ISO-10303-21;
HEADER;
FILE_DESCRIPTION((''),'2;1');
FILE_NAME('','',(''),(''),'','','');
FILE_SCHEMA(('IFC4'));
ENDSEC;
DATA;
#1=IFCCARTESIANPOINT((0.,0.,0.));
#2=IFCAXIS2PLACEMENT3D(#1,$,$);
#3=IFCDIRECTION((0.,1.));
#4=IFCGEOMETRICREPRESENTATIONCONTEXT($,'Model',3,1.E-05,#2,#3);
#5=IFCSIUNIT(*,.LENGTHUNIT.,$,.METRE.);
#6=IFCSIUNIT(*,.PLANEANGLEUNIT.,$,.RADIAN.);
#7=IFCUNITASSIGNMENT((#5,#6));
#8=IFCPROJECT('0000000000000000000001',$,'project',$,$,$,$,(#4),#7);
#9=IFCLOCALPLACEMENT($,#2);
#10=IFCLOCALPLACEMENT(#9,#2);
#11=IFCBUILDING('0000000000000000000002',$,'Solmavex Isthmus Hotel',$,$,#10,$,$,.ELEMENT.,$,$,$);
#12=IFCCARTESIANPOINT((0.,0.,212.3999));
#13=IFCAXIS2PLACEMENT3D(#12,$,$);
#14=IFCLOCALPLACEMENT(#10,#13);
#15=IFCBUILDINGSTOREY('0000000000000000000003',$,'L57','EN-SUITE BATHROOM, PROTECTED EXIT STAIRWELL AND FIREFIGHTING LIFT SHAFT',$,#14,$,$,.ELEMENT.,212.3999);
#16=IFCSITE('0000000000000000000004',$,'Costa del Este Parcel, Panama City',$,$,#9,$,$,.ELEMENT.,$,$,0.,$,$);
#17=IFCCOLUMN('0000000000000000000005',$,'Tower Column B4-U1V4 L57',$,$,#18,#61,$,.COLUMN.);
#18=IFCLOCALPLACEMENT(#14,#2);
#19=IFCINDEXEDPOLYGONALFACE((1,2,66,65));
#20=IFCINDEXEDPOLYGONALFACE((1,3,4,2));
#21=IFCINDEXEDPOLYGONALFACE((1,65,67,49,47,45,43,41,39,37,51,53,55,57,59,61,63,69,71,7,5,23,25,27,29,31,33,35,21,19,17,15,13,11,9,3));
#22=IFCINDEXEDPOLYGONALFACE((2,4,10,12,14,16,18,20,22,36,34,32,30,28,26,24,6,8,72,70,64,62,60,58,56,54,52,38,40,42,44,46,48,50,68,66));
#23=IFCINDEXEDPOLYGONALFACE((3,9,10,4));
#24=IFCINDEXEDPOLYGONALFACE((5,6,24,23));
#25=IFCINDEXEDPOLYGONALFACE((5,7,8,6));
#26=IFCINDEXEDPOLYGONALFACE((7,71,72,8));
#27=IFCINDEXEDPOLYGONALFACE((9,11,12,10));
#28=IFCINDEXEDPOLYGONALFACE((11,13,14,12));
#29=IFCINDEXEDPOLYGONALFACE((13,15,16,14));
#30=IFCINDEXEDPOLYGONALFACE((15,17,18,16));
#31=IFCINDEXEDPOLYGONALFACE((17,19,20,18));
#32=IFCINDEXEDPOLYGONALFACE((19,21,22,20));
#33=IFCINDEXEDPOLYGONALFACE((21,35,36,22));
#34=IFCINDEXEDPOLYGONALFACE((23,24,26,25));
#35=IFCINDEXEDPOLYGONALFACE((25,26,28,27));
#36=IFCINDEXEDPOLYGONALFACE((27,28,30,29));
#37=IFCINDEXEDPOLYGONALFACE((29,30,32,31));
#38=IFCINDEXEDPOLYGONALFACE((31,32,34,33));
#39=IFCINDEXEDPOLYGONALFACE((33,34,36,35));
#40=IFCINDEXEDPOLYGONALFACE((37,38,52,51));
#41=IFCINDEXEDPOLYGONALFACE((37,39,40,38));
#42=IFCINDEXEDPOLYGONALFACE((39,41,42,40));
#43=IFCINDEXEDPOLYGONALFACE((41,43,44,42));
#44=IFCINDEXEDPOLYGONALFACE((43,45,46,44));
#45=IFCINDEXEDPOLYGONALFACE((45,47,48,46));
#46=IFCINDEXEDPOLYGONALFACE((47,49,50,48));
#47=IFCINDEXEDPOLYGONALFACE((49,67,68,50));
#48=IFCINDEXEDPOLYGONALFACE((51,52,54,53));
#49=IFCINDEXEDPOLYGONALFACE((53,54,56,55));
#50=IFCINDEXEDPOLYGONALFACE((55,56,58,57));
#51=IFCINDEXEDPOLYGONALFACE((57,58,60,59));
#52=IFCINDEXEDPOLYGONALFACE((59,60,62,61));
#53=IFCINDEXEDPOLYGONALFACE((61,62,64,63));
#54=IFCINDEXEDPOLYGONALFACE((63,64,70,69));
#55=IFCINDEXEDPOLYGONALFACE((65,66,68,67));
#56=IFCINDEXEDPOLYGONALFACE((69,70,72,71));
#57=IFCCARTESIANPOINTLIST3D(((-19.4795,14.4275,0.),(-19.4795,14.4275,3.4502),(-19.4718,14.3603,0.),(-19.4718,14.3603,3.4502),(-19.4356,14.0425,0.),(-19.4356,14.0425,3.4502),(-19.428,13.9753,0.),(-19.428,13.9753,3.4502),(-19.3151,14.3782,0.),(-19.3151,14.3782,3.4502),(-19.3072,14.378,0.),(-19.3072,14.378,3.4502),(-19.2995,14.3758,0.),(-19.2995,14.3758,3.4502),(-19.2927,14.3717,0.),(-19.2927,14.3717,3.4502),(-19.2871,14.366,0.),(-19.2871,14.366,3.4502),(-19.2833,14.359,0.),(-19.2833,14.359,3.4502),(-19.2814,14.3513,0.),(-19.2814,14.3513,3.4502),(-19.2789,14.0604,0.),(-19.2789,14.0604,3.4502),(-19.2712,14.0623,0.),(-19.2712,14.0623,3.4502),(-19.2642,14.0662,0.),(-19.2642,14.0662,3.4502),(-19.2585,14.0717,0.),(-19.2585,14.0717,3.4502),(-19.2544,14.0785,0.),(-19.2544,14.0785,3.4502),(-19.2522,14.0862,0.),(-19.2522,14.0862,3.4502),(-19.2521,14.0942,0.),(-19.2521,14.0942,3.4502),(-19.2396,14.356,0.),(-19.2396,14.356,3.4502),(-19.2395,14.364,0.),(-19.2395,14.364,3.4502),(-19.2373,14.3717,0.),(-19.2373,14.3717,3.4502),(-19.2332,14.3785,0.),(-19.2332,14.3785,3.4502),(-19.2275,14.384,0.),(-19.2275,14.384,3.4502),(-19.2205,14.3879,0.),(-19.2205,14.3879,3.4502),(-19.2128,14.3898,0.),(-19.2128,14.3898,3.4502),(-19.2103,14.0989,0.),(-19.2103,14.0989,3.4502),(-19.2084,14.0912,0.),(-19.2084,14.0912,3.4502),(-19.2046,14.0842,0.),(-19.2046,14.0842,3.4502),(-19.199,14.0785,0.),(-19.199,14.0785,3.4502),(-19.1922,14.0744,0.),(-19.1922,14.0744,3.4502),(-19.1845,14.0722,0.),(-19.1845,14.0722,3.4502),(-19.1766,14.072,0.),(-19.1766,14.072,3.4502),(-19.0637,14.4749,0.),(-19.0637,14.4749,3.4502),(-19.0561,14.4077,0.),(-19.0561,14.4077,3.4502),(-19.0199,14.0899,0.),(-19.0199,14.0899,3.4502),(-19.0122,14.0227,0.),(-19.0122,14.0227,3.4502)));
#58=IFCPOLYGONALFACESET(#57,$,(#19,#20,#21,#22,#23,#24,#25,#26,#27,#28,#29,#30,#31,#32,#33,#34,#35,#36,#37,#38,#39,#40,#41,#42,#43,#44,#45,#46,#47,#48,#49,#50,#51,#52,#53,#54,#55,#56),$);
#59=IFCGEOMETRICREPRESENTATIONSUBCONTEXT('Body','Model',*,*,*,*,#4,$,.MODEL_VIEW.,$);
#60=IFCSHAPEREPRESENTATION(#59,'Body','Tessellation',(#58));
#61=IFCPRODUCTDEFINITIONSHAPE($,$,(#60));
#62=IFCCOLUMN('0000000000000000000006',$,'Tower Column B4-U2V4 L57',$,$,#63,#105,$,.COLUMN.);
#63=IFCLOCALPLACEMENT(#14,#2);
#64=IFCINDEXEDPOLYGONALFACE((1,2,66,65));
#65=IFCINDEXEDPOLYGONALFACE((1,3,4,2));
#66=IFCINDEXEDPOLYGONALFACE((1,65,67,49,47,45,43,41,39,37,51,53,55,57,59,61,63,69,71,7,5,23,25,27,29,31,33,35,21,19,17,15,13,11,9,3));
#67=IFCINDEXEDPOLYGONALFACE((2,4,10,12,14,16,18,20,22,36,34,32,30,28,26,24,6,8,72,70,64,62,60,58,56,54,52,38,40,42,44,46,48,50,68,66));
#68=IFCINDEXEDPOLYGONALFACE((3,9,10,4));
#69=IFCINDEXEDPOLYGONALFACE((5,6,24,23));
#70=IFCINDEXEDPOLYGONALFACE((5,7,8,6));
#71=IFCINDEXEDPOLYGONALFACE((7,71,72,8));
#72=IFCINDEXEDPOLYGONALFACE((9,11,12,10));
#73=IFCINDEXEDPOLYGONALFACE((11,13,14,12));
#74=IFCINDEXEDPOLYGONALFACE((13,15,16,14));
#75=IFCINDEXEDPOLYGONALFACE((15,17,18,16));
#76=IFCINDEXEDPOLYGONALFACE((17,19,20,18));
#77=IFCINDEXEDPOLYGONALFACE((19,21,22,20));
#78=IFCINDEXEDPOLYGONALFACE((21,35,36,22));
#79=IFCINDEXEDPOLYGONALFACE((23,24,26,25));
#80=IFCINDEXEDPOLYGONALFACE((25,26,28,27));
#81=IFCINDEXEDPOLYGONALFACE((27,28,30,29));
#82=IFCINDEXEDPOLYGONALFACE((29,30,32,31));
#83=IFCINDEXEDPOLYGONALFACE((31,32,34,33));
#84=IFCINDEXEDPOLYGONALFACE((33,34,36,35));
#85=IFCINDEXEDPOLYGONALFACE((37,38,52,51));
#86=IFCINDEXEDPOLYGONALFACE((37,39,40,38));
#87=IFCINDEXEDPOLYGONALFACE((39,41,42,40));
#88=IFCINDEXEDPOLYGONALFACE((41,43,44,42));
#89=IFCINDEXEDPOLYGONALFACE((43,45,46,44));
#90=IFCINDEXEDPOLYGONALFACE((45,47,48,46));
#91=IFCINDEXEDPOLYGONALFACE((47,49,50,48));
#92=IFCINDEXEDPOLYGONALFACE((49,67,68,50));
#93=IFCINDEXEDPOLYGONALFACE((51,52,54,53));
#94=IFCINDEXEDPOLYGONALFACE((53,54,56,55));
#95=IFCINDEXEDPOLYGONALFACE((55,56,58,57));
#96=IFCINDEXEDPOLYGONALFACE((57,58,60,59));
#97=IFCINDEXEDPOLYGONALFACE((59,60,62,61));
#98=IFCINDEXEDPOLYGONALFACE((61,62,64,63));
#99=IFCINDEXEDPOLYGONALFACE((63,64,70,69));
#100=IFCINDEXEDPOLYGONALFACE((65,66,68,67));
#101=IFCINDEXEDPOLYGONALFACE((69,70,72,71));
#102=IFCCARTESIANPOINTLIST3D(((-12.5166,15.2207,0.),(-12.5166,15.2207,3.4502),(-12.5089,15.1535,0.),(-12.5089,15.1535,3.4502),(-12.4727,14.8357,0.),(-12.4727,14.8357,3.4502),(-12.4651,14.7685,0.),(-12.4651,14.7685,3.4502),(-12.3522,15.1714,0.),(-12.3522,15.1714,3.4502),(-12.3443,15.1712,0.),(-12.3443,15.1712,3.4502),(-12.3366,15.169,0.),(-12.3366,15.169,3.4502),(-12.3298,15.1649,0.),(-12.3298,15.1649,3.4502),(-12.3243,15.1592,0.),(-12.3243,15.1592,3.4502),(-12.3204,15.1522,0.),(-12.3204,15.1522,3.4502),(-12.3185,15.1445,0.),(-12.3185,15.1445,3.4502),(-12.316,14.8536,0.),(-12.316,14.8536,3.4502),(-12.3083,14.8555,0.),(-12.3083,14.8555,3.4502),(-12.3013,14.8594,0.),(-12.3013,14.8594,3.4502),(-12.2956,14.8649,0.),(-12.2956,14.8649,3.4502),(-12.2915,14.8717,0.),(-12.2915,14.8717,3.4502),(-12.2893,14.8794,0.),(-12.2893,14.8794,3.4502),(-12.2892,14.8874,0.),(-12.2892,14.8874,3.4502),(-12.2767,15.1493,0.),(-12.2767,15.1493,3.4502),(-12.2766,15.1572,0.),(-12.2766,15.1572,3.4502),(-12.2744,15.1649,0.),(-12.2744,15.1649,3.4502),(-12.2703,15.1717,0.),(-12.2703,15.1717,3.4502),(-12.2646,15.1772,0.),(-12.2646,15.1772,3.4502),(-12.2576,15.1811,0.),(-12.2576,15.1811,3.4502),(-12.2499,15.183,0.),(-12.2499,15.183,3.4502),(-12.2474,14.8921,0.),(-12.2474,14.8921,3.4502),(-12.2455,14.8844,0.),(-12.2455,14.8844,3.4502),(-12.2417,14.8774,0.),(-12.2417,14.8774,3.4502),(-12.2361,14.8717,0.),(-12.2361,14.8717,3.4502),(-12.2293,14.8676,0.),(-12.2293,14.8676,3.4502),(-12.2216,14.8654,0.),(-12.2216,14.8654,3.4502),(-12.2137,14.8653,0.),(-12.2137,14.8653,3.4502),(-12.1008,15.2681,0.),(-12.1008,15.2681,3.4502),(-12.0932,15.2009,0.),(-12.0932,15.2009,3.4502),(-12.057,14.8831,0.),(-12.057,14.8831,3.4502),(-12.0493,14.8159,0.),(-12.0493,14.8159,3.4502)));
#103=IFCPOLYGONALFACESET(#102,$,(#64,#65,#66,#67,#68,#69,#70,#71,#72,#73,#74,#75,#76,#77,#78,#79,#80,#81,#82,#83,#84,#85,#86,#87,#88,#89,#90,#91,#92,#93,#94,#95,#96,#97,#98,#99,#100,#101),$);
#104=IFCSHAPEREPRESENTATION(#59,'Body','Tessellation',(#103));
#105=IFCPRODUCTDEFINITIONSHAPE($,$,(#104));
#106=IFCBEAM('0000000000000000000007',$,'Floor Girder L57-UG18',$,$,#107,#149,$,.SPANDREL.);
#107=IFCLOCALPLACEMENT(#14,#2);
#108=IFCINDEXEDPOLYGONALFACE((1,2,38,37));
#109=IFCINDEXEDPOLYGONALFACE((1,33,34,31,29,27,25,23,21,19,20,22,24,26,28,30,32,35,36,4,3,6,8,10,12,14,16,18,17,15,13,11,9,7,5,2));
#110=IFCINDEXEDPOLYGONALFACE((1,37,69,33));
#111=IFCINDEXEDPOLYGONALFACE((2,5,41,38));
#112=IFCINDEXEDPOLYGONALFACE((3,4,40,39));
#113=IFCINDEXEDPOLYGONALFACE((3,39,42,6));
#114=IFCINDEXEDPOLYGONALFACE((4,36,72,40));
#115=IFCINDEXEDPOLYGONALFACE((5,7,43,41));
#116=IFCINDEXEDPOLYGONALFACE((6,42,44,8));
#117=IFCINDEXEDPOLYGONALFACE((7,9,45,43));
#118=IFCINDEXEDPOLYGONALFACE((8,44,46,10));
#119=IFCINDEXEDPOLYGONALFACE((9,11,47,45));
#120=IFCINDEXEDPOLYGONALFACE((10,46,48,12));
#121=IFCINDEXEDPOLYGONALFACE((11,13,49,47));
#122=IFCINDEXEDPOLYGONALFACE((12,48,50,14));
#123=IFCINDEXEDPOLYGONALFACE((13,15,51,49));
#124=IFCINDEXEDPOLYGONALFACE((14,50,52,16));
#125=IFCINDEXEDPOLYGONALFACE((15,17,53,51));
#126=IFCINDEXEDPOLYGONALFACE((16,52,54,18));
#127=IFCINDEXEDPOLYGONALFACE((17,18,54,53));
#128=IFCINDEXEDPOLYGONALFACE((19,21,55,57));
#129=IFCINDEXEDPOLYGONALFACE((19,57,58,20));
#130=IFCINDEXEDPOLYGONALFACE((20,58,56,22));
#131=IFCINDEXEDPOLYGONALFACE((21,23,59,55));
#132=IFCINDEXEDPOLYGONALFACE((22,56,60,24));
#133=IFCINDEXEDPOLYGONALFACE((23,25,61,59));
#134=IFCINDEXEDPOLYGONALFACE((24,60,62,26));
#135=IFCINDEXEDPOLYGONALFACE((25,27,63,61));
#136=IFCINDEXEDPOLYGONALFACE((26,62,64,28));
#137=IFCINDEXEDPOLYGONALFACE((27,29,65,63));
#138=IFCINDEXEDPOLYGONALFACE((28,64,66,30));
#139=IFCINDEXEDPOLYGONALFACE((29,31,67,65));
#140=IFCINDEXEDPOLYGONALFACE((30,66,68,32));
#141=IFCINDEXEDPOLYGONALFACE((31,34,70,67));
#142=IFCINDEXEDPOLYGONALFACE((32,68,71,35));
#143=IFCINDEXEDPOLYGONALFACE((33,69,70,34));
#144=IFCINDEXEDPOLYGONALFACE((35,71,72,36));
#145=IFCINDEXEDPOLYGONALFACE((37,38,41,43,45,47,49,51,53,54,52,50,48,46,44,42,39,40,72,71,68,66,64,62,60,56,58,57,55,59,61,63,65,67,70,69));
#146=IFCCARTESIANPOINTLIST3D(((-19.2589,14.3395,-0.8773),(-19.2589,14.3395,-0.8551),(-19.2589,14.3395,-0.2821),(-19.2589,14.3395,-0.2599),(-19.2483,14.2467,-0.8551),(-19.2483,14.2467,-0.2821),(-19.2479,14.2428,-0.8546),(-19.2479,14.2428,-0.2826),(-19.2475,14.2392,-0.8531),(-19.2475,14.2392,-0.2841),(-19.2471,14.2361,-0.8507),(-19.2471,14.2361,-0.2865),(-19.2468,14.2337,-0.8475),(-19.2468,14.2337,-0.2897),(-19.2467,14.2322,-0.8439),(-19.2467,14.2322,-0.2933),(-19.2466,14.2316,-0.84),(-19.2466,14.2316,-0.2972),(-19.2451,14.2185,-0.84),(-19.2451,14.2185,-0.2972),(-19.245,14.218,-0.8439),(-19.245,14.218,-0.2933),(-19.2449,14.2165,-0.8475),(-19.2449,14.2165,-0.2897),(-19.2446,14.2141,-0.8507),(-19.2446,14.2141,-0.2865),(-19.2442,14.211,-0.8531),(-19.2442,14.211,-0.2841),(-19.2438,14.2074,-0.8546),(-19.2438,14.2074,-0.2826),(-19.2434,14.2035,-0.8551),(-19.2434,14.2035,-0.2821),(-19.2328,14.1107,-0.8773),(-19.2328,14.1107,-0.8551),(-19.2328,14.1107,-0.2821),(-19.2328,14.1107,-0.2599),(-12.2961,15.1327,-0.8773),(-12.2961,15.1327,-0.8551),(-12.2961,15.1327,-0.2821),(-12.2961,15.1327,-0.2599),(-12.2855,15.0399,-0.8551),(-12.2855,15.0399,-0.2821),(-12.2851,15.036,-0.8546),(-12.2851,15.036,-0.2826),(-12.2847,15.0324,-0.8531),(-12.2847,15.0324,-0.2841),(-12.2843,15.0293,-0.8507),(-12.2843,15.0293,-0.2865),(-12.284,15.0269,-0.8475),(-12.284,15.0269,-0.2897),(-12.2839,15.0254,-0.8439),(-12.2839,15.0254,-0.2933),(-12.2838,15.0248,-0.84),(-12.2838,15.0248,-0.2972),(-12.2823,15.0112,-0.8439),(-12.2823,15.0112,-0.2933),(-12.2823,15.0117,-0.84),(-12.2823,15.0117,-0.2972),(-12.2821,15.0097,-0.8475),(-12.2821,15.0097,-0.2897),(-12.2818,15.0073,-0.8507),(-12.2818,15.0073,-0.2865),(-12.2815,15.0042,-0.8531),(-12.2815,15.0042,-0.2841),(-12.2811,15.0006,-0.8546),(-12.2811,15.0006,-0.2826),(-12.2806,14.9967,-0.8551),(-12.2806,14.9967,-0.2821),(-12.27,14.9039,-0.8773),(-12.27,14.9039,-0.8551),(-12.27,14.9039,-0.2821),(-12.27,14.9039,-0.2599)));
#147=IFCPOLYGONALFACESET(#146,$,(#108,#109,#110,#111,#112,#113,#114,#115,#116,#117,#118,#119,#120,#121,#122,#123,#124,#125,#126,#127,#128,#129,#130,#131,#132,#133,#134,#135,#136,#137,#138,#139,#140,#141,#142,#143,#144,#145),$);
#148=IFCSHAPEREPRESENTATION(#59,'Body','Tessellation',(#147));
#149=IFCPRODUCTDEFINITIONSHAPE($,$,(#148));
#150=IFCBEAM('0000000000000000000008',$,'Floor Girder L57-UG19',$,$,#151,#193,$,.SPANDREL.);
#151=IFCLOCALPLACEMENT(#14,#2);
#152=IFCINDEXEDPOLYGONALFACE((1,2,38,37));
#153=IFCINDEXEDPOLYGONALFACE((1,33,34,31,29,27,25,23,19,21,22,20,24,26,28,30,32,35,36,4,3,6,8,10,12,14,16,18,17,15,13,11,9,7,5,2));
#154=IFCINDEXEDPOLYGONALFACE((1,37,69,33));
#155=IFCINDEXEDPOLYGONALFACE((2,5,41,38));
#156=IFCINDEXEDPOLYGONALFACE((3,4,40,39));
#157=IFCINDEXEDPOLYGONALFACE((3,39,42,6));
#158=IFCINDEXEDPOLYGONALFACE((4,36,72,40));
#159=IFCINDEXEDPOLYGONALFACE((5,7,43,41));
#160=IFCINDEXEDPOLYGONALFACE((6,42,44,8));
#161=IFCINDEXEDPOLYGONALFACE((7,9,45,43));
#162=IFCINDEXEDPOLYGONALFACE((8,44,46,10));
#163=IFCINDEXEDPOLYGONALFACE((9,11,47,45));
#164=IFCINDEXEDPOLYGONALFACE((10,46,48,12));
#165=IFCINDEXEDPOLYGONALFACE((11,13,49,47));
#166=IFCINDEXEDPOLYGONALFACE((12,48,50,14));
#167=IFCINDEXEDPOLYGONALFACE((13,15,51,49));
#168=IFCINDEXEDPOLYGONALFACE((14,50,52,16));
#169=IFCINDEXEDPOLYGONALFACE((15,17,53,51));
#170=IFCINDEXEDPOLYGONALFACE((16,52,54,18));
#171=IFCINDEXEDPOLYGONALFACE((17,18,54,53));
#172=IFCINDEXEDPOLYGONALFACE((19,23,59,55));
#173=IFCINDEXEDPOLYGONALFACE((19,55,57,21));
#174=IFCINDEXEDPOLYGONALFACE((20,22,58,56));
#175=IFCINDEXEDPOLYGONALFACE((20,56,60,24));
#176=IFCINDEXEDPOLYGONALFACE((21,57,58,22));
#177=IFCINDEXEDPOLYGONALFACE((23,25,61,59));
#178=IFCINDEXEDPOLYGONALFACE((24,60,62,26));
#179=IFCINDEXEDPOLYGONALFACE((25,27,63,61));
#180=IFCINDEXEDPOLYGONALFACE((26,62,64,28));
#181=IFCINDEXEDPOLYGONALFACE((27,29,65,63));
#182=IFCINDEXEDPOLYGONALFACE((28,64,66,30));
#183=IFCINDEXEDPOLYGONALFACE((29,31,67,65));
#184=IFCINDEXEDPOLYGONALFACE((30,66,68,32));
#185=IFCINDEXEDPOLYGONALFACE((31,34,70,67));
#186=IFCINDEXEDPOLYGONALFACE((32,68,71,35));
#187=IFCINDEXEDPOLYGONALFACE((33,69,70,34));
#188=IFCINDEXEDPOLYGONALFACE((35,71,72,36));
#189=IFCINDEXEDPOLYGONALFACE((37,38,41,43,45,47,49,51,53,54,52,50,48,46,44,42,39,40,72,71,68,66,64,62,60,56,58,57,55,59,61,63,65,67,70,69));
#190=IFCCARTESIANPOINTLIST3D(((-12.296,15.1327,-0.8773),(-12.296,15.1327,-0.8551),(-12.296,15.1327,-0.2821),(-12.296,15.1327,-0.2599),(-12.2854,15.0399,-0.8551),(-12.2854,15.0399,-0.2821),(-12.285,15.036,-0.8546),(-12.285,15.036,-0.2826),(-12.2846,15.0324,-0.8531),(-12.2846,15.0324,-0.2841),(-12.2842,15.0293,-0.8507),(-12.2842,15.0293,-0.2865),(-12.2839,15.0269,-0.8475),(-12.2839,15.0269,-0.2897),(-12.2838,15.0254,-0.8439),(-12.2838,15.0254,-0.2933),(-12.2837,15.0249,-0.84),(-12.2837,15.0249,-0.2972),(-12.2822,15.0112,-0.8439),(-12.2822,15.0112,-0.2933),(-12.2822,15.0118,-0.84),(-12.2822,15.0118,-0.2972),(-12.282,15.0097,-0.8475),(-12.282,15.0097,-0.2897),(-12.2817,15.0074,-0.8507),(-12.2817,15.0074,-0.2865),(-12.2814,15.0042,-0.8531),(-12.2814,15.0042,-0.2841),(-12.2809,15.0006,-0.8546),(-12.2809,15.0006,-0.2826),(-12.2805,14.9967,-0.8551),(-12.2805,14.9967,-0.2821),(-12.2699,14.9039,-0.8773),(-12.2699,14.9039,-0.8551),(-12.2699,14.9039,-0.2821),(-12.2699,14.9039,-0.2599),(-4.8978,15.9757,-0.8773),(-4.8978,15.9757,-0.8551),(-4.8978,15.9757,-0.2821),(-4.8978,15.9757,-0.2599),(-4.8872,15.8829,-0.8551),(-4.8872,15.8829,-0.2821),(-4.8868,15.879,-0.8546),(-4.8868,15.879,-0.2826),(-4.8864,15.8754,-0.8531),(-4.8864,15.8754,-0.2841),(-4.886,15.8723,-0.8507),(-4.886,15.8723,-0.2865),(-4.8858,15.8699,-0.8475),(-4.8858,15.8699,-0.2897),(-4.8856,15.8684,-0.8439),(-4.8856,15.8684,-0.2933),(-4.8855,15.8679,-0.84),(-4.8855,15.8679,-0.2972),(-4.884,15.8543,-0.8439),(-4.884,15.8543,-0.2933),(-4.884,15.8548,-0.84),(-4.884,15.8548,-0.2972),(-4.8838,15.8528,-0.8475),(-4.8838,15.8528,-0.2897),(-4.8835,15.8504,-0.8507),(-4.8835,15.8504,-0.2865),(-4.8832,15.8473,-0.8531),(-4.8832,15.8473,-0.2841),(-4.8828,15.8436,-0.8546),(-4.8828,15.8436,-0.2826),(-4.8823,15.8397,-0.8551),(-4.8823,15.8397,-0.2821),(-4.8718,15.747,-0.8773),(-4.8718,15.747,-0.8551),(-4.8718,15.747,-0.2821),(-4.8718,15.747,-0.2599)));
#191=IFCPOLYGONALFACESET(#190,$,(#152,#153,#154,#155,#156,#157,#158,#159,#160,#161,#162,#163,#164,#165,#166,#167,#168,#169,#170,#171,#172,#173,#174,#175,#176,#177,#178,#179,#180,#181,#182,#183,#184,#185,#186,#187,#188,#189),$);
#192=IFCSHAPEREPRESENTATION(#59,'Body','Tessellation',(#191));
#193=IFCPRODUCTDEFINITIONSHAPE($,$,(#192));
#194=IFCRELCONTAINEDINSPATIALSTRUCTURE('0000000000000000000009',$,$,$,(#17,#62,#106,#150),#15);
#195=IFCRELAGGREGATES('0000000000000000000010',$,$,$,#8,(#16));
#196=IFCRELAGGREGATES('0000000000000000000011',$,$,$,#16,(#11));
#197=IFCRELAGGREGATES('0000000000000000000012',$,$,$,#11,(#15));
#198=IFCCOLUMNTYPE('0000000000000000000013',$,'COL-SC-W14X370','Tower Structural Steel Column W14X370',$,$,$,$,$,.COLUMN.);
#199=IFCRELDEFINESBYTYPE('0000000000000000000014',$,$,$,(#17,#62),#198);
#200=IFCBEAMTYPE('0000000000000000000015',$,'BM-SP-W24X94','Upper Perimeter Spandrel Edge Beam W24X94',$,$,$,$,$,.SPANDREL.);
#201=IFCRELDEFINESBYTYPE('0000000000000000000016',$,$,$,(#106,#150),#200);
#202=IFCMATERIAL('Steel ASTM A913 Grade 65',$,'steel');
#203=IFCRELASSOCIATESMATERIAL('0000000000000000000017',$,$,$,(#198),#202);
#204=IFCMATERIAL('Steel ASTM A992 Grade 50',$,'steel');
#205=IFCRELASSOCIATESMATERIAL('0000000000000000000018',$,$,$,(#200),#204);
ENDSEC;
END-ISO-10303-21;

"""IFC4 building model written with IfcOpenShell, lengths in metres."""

from ifc_helpers import new_model, si_unit, direction, frame, origin, origin_2d, place, context, subcontext, project, spatial, i_section, extrude, material, material_profile, profile_set, type_object, element, save


model = new_model("IFC4")

# Units and contexts
model_context = context("Model", 3, precision=1e-05, world=origin(), true_north=direction((0.0, 1.0)))
body_context = subcontext(model_context, "Body", "Model", "MODEL_VIEW")
ifc_project = project(units=[si_unit("LENGTHUNIT", "METRE"), si_unit("PLANEANGLEUNIT", "RADIAN")], contexts=[model_context])

# Site, building, storey
site_placement = place(None, origin())
site = spatial("IfcSite", under=ifc_project, at=site_placement, Name="Costa del Este Parcel, Panama City", CompositionType="ELEMENT", RefElevation=0.0)
building_placement = place(site_placement, origin())
building = spatial("IfcBuilding", under=site, at=building_placement, Name="Solmavex Isthmus Hotel", CompositionType="ELEMENT")
storey_placement = place(building_placement, frame((0.0, 0.0, 212.3999)))
storey = spatial("IfcBuildingStorey", under=building, at=storey_placement, Name="L57", Description="EN-SUITE BATHROOM, PROTECTED EXIT STAIRWELL AND FIREFIGHTING LIFT SHAFT", CompositionType="ELEMENT", Elevation=212.3999)

# Columns
ifc_material_1 = material(Name="Steel ASTM A913 Grade 65", Category="steel")
ifc_material_profile_1 = material_profile(ifc_material_1, i_section(OverallWidth=0.4185, OverallDepth=0.4551, WebThickness=0.042, FlangeThickness=0.0676, FilletRadius=0.0305, at=origin_2d()), Name="W14X370")
ifc_profile_set_1 = profile_set([ifc_material_profile_1], Name="Steel ASTM A913 Grade 65")
column_type = type_object("IfcColumnType", Name="COL-SC-W14X370", Description="Tower Structural Steel Column W14X370", PredefinedType="COLUMN", material=ifc_profile_set_1)
for number, where, z_axis, x_axis, name in (
    (1, (-19.2458, 14.2251, 0.0), (0.0, 0.0, 1.0), (0.993572, 0.113203, 0.0), "Tower Column B4-U1V4 L57"),
    (2, (-12.283, 15.0183, 0.0), (0.0, 0.0, 1.0), (0.993572, 0.113203, 0.0), "Tower Column B4-U2V4 L57"),
):
    element("IfcColumn", number, at=place(storey_placement, frame(where, z_axis=z_axis, x_axis=x_axis)), inside=storey, type_object=column_type, Name=name, PredefinedType="COLUMN", context=body_context, shape_type="SweptSolid", body=[
        extrude(i_section(OverallWidth=0.4185, OverallDepth=0.4551, WebThickness=0.042, FlangeThickness=0.0676, FilletRadius=0.0305, at=origin_2d()), origin(), (0.0, 0.0, 1.0), 3.4502),
    ])

# Beams
ifc_material_2 = material(Name="Steel ASTM A992 Grade 50", Category="steel")
ifc_material_profile_2 = material_profile(ifc_material_2, i_section(OverallWidth=0.2302, OverallDepth=0.6174, WebThickness=0.0132, FlangeThickness=0.0222, FilletRadius=0.0151, at=origin_2d()), Name="W24X94")
ifc_profile_set_2 = profile_set([ifc_material_profile_2], Name="Steel ASTM A992 Grade 50")
beam_type = type_object("IfcBeamType", Name="BM-SP-W24X94", Description="Upper Perimeter Spandrel Edge Beam W24X94", PredefinedType="SPANDREL", material=ifc_profile_set_2)
beam_1_placement = place(storey_placement, frame((-19.2458, 14.2251, -0.5686), z_axis=(0.993574, 0.113188, 0.0), x_axis=(-0.113188, 0.993574, 0.0)))
element("IfcBeam", 3, at=beam_1_placement, inside=storey, type_object=beam_type, Name="Floor Girder L57-UG18", PredefinedType="SPANDREL", context=body_context, shape_type="SweptSolid", body=[
    extrude(i_section(OverallWidth=0.2302, OverallDepth=0.6174, WebThickness=0.0132, FlangeThickness=0.0222, FilletRadius=0.0151, at=origin_2d()), origin(), (0.0, 0.0, 1.0), 7.0078),
])
beam_2_placement = place(storey_placement, frame((-12.283, 15.0183, -0.5686), z_axis=(0.99357, 0.113216, 0.0), x_axis=(-0.113216, 0.99357, 0.0)))
element("IfcBeam", 4, at=beam_2_placement, inside=storey, type_object=beam_type, Name="Floor Girder L57-UG19", PredefinedType="SPANDREL", context=body_context, shape_type="SweptSolid", body=[
    extrude(i_section(OverallWidth=0.2302, OverallDepth=0.6174, WebThickness=0.0132, FlangeThickness=0.0222, FilletRadius=0.0151, at=origin_2d()), origin(), (0.0, 0.0, 1.0), 7.446),
])

save(model, "model.ifc")
